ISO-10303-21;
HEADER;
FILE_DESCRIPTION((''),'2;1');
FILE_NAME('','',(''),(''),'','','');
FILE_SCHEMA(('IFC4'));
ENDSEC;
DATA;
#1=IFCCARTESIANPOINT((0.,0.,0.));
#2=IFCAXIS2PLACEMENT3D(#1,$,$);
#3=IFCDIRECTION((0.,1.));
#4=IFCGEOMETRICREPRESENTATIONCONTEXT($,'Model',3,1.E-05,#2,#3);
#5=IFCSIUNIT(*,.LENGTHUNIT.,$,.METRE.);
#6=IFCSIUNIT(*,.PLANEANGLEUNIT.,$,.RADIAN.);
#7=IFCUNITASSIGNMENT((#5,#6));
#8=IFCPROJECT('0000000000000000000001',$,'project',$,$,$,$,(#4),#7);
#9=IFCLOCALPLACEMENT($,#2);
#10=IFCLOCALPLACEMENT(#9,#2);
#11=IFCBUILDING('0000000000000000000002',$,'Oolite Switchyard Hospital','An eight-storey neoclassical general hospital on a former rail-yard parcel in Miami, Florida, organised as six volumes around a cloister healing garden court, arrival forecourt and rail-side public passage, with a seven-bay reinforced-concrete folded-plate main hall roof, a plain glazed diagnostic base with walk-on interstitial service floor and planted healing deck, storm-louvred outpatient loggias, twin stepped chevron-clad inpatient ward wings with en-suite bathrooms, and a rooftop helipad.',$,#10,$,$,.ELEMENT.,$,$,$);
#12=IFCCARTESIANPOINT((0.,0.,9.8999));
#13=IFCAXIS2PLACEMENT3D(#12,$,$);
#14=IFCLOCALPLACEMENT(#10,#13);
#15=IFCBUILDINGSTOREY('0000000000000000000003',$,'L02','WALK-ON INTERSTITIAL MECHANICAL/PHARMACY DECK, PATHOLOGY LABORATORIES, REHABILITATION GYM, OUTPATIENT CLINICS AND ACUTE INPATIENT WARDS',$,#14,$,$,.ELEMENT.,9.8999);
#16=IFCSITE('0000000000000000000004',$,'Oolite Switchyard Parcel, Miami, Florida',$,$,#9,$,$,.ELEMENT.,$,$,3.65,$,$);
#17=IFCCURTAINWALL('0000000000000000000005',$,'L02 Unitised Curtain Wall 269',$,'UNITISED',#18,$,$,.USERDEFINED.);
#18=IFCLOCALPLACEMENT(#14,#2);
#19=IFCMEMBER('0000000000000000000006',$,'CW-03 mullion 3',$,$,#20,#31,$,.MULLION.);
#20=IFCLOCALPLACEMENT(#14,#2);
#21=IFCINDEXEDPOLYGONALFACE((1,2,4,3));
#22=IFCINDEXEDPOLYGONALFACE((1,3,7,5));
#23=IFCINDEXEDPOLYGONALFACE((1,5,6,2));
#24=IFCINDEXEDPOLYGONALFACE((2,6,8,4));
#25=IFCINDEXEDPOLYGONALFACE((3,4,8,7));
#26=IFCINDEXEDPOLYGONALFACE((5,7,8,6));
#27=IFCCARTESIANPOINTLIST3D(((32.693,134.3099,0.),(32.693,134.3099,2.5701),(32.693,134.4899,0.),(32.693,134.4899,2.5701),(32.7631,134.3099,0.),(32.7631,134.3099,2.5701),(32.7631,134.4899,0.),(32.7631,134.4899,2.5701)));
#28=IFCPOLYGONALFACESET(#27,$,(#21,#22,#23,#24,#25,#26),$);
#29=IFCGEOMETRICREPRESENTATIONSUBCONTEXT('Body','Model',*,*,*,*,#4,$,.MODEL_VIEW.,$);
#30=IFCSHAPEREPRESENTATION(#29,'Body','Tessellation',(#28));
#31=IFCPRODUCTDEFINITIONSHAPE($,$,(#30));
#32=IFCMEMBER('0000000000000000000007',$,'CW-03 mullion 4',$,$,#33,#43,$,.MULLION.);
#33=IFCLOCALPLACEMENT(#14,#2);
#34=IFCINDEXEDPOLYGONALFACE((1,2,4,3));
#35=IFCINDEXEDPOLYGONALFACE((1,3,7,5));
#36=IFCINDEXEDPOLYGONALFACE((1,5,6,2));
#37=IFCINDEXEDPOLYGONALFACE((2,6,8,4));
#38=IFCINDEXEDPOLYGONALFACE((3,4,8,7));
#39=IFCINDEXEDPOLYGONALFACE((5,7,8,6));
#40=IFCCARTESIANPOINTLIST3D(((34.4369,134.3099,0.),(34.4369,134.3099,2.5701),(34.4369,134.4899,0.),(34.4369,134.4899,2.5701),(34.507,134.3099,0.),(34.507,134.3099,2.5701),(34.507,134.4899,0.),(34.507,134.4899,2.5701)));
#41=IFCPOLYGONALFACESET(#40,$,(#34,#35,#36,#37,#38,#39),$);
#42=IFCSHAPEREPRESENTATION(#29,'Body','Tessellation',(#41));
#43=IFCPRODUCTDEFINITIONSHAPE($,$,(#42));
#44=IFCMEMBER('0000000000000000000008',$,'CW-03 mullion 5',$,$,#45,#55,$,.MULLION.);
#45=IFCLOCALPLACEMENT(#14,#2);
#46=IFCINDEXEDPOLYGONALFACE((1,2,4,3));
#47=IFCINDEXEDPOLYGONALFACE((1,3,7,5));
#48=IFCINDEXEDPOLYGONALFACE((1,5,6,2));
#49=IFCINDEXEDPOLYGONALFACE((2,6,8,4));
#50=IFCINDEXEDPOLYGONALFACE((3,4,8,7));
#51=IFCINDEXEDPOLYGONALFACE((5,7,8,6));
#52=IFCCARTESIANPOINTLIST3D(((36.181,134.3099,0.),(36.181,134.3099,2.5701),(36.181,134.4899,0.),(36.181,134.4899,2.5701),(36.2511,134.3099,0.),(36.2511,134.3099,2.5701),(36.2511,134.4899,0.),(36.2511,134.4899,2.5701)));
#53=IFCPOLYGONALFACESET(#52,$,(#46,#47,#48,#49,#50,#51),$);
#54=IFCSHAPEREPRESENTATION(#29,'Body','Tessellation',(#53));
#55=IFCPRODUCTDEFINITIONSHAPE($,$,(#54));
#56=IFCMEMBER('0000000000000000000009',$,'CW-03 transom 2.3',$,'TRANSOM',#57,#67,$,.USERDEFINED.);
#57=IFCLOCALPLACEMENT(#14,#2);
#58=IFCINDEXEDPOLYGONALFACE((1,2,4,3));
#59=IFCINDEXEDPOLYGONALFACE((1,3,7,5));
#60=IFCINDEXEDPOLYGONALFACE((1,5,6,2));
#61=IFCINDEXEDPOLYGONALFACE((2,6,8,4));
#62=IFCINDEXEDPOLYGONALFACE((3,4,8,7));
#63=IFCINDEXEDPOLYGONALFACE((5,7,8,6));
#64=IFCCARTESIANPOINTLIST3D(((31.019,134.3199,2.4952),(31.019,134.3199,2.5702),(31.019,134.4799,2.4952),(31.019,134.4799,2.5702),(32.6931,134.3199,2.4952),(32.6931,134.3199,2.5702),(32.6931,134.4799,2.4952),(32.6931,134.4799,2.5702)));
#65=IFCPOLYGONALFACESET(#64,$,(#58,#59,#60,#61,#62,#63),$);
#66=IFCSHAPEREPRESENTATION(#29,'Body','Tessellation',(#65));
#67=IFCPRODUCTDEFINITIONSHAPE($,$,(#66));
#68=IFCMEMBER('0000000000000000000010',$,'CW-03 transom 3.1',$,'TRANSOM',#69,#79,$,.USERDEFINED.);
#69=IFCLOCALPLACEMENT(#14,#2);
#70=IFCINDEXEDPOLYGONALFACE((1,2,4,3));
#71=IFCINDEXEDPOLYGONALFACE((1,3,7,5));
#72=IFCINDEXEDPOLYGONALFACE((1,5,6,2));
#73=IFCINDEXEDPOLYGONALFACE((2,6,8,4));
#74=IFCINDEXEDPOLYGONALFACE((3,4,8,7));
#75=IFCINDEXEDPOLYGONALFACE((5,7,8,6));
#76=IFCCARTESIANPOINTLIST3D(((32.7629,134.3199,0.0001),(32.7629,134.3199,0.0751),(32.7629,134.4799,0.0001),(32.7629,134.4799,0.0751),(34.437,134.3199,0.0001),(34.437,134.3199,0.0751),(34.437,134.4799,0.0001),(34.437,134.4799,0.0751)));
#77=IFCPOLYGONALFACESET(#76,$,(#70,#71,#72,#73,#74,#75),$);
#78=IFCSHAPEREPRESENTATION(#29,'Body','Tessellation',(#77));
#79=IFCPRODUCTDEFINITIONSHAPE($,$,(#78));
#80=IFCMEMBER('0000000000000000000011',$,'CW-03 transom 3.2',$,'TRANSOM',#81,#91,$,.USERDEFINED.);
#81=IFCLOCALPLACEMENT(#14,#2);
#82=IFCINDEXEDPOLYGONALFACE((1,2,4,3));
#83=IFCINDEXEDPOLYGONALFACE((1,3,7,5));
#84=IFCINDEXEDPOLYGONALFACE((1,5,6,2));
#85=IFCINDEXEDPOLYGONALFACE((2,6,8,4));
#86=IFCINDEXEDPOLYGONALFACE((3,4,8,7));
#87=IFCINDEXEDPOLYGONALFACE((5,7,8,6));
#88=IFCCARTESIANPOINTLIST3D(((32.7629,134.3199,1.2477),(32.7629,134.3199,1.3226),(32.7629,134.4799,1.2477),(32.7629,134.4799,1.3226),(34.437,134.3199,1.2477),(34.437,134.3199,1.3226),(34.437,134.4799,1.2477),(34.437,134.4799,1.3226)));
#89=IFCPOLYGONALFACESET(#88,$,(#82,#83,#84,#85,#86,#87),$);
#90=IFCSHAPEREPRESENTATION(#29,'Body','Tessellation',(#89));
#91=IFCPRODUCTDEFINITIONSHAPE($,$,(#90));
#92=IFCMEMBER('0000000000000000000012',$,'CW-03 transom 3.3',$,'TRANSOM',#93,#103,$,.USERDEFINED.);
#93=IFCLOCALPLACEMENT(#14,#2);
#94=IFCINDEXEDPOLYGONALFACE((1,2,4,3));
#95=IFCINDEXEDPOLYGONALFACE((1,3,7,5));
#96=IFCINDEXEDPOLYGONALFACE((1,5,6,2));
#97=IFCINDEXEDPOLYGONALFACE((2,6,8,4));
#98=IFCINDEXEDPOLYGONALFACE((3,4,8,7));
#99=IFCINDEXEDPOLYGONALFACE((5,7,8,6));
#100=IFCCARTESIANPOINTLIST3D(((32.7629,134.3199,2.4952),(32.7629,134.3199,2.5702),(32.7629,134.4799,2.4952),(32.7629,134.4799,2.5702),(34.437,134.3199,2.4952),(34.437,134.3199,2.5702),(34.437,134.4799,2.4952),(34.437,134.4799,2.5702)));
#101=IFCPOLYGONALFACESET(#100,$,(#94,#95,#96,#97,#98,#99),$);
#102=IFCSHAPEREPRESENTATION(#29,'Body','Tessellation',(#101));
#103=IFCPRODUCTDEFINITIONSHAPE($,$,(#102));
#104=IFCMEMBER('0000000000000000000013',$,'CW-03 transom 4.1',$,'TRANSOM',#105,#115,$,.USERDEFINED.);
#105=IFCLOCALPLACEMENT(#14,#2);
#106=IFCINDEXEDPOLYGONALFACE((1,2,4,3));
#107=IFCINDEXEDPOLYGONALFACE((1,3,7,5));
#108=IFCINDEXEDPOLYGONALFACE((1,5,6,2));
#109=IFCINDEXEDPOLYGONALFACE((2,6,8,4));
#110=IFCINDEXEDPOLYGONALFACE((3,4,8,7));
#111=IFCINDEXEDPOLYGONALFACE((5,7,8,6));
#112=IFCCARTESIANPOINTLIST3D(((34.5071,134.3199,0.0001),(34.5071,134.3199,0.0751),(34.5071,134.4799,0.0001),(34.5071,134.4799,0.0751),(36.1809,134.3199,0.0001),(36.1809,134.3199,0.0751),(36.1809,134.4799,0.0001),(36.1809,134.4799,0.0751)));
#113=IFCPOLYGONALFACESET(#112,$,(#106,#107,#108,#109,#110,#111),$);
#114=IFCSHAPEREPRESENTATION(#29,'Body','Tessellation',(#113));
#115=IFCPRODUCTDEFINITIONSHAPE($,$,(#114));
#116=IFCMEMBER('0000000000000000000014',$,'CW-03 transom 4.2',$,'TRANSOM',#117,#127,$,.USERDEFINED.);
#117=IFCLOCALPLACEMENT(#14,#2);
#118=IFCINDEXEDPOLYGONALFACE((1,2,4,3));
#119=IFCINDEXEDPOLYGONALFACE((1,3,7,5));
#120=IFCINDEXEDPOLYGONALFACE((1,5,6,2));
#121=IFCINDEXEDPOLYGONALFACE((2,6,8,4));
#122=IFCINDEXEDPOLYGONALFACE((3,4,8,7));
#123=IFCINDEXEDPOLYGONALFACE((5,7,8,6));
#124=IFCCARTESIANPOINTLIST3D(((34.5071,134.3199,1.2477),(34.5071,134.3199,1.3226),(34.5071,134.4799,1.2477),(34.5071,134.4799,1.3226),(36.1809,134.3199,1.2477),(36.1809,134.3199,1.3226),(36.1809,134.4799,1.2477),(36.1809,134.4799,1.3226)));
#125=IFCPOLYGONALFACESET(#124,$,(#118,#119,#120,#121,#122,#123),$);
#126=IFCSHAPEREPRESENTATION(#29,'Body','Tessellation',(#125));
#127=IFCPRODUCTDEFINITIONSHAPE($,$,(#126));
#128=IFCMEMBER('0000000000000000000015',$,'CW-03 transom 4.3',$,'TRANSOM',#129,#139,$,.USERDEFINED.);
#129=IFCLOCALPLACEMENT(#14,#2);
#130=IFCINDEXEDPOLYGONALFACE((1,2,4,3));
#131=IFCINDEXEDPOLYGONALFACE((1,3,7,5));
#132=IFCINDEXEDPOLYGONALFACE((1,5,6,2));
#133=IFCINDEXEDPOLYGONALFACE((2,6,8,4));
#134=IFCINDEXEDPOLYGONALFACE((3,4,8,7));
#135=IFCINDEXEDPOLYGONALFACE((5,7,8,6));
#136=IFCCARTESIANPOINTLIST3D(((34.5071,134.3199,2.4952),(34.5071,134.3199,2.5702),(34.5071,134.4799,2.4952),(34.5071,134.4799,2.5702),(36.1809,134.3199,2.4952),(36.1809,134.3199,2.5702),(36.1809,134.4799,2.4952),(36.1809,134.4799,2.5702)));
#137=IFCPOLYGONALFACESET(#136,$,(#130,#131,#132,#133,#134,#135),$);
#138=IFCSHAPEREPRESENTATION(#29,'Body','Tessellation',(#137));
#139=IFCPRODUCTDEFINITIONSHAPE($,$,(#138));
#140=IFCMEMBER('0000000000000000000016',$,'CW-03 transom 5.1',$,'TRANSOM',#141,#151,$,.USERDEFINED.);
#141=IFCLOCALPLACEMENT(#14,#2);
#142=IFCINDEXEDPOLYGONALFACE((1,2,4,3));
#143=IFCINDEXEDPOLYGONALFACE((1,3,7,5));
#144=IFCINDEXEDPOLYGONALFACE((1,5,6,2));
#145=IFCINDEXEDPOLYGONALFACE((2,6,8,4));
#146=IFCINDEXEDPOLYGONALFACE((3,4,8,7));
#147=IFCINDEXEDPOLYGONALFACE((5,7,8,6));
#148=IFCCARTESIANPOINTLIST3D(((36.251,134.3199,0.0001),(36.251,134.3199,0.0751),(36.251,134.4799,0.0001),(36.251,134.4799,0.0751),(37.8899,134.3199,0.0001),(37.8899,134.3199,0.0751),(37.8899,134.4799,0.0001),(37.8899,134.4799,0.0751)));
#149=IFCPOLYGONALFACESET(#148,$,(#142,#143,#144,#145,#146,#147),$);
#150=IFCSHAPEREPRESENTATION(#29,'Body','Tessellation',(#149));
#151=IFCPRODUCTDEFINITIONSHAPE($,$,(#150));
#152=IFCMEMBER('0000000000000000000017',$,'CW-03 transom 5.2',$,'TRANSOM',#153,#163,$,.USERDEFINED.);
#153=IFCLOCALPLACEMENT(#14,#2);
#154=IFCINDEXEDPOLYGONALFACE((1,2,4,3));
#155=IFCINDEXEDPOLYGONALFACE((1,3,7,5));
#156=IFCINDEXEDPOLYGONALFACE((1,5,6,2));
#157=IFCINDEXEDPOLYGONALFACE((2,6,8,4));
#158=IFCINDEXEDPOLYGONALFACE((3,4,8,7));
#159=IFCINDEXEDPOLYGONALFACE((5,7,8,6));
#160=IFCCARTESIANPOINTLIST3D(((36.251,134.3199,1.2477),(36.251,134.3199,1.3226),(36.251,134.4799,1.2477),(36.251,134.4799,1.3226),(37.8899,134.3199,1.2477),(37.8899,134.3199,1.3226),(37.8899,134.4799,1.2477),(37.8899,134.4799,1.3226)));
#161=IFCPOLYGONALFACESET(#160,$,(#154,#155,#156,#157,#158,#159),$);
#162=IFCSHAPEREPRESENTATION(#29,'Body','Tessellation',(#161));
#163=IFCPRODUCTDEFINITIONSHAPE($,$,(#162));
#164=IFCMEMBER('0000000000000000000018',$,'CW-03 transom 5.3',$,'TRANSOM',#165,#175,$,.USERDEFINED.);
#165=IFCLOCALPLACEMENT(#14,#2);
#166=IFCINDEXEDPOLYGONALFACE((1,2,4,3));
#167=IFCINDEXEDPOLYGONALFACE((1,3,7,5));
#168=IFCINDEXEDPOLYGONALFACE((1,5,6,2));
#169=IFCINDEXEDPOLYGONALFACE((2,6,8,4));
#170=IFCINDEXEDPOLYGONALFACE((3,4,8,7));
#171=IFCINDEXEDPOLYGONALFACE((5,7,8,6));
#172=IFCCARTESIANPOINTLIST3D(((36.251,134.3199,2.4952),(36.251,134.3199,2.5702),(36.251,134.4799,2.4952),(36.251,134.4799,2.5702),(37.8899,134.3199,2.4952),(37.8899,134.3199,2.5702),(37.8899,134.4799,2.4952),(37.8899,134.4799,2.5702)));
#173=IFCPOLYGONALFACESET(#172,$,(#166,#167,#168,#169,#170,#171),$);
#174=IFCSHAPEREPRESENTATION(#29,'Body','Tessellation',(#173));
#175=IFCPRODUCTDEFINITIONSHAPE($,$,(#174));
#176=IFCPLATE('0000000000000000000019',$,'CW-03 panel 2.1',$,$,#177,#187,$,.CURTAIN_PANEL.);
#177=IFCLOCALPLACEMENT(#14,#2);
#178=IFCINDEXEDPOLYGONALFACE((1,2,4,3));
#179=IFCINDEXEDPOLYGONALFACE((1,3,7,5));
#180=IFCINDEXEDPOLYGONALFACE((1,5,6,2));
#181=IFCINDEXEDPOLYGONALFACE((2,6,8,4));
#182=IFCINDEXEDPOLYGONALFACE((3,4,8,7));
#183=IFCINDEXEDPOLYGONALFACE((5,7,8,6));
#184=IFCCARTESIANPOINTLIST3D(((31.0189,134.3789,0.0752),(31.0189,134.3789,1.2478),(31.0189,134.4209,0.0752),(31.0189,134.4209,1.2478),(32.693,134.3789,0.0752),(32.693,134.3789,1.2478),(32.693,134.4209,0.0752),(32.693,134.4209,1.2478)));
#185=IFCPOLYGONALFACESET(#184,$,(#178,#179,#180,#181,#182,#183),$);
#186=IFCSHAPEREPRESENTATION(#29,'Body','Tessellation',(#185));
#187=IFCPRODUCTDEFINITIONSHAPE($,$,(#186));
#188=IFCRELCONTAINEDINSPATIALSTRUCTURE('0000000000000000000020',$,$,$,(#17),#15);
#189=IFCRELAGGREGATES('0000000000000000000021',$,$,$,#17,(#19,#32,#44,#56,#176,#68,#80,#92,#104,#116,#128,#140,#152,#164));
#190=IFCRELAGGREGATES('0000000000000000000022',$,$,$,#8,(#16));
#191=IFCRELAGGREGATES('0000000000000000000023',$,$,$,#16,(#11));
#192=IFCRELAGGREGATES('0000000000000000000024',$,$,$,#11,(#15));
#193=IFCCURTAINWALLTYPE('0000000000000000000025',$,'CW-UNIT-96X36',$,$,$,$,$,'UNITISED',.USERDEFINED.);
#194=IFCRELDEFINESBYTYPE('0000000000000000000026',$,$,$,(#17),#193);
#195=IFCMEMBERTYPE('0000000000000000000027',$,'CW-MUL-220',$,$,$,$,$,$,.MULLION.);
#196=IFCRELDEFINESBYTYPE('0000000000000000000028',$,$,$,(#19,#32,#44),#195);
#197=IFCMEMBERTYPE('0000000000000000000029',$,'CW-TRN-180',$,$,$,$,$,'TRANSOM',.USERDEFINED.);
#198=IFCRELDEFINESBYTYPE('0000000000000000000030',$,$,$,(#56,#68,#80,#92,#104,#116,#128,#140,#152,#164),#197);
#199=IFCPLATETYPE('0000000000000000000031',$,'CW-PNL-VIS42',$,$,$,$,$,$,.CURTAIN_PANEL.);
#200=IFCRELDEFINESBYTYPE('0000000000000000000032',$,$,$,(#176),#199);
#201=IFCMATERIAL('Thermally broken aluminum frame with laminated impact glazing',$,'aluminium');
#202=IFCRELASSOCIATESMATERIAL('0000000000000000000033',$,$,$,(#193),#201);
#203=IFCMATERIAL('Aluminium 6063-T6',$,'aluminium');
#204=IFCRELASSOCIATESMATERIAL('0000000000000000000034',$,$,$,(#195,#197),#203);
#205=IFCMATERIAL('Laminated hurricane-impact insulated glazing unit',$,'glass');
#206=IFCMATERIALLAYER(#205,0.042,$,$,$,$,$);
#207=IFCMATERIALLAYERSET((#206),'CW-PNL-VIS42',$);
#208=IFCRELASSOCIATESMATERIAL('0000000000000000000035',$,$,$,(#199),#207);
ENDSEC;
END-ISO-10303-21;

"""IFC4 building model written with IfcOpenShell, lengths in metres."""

from ifc_helpers import new_model, si_unit, direction, frame, origin, origin_2d, place, context, subcontext, project, spatial, rectangle, extrude, material, layer, layer_set, material_profile, profile_set, type_object, element, aggregate, save


model = new_model("IFC4")

# Units and contexts
model_context = context("Model", 3, precision=1e-05, world=origin(), true_north=direction((0.0, 1.0)))
body_context = subcontext(model_context, "Body", "Model", "MODEL_VIEW")
ifc_project = project(units=[si_unit("LENGTHUNIT", "METRE"), si_unit("PLANEANGLEUNIT", "RADIAN")], contexts=[model_context])

# Site, building, storey
site_placement = place(None, origin())
site = spatial("IfcSite", under=ifc_project, at=site_placement, Name="Oolite Switchyard Parcel, Miami, Florida", CompositionType="ELEMENT", RefElevation=3.65)
building_placement = place(site_placement, origin())
building = spatial("IfcBuilding", under=site, at=building_placement, Name="Oolite Switchyard Hospital", Description="An eight-storey neoclassical general hospital on a former rail-yard parcel in Miami, Florida, organised as six volumes around a cloister healing garden court, arrival forecourt and rail-side public passage, with a seven-bay reinforced-concrete folded-plate main hall roof, a plain glazed diagnostic base with walk-on interstitial service floor and planted healing deck, storm-louvred outpatient loggias, twin stepped chevron-clad inpatient ward wings with en-suite bathrooms, and a rooftop helipad.", CompositionType="ELEMENT")
storey_placement = place(building_placement, frame((0.0, 0.0, 9.8999)))
storey = spatial("IfcBuildingStorey", under=building, at=storey_placement, Name="L02", Description="WALK-ON INTERSTITIAL MECHANICAL/PHARMACY DECK, PATHOLOGY LABORATORIES, REHABILITATION GYM, OUTPATIENT CLINICS AND ACUTE INPATIENT WARDS", CompositionType="ELEMENT", Elevation=9.8999)

# Curtain wall, members, plate
ifc_material_1 = material(Name="Thermally broken aluminum frame with laminated impact glazing", Category="aluminium")
curtain_wall_type = type_object("IfcCurtainWallType", Name="CW-UNIT-96X36", ElementType="UNITISED", PredefinedType="USERDEFINED", material=ifc_material_1)
curtain_wall_placement = place(storey_placement, origin())
curtain_wall = element("IfcCurtainWall", 1, at=curtain_wall_placement, inside=storey, type_object=curtain_wall_type, Name="L02 Unitised Curtain Wall 269", ObjectType="UNITISED", PredefinedType="USERDEFINED")
ifc_material_2 = material(Name="Aluminium 6063-T6", Category="aluminium")
ifc_material_profile_1 = material_profile(ifc_material_2, rectangle(XDim=0.1799, YDim=0.0701, at=origin_2d()), Name="CWM70X180")
ifc_profile_set_1 = profile_set([ifc_material_profile_1], Name="Aluminium 6063-T6")
member_type_1 = type_object("IfcMemberType", Name="CW-MUL-220", PredefinedType="MULLION", material=ifc_profile_set_1)
member_1_placement = place(storey_placement, frame((32.728, 134.3999, 0.0), z_axis=(0.0, 0.0, 1.0), x_axis=(0.0, 1.0, 0.0)))
member_1 = element("IfcMember", 2, at=member_1_placement, type_object=member_type_1, Name="CW-03 mullion 3", PredefinedType="MULLION", context=body_context, shape_type="SweptSolid", body=[
    extrude(rectangle(XDim=0.1799, YDim=0.0701, at=origin_2d()), origin(), (0.0, 0.0, 1.0), 2.5701),
])
member_2_placement = place(storey_placement, frame((34.4719, 134.3999, 0.0), z_axis=(0.0, 0.0, 1.0), x_axis=(0.0, 1.0, 0.0)))
member_2 = element("IfcMember", 3, at=member_2_placement, type_object=member_type_1, Name="CW-03 mullion 4", PredefinedType="MULLION", context=body_context, shape_type="SweptSolid", body=[
    extrude(rectangle(XDim=0.1799, YDim=0.0701, at=origin_2d()), origin(), (0.0, 0.0, 1.0), 2.5701),
])
member_3_placement = place(storey_placement, frame((36.2161, 134.3999, 0.0), z_axis=(0.0, 0.0, 1.0), x_axis=(0.0, 1.0, 0.0)))
member_3 = element("IfcMember", 4, at=member_3_placement, type_object=member_type_1, Name="CW-03 mullion 5", PredefinedType="MULLION", context=body_context, shape_type="SweptSolid", body=[
    extrude(rectangle(XDim=0.1799, YDim=0.0701, at=origin_2d()), origin(), (0.0, 0.0, 1.0), 2.5701),
])
ifc_material_profile_2 = material_profile(ifc_material_2, rectangle(XDim=0.1599, YDim=0.075, at=origin_2d()), Name="CWT75X160")
ifc_profile_set_2 = profile_set([ifc_material_profile_2], Name="Aluminium 6063-T6")
member_type_2 = type_object("IfcMemberType", Name="CW-TRN-180", ElementType="TRANSOM", PredefinedType="USERDEFINED", material=ifc_profile_set_2)
member_4_placement = place(storey_placement, frame((31.019, 134.3999, 2.5327), z_axis=(1.0, 0.0, 0.0), x_axis=(0.0, 1.0, 0.0)))
member_4 = element("IfcMember", 5, at=member_4_placement, type_object=member_type_2, Name="CW-03 transom 2.3", ObjectType="TRANSOM", PredefinedType="USERDEFINED", context=body_context, shape_type="SweptSolid", body=[
    extrude(rectangle(XDim=0.1599, YDim=0.075, at=origin_2d()), origin(), (0.0, 0.0, 1.0), 1.6741),
])
member_5_placement = place(storey_placement, frame((32.7629, 134.3999, 0.0376), z_axis=(1.0, 0.0, 0.0), x_axis=(0.0, 1.0, 0.0)))
member_5 = element("IfcMember", 6, at=member_5_placement, type_object=member_type_2, Name="CW-03 transom 3.1", ObjectType="TRANSOM", PredefinedType="USERDEFINED", context=body_context, shape_type="SweptSolid", body=[
    extrude(rectangle(XDim=0.1599, YDim=0.075, at=origin_2d()), origin(), (0.0, 0.0, 1.0), 1.6741),
])
member_6_placement = place(storey_placement, frame((32.7629, 134.3999, 1.2852), z_axis=(1.0, 0.0, 0.0), x_axis=(0.0, 1.0, 0.0)))
member_6 = element("IfcMember", 7, at=member_6_placement, type_object=member_type_2, Name="CW-03 transom 3.2", ObjectType="TRANSOM", PredefinedType="USERDEFINED", context=body_context, shape_type="SweptSolid", body=[
    extrude(rectangle(XDim=0.1599, YDim=0.075, at=origin_2d()), origin(), (0.0, 0.0, 1.0), 1.6741),
])
member_7_placement = place(storey_placement, frame((32.7629, 134.3999, 2.5327), z_axis=(1.0, 0.0, 0.0), x_axis=(0.0, 1.0, 0.0)))
member_7 = element("IfcMember", 8, at=member_7_placement, type_object=member_type_2, Name="CW-03 transom 3.3", ObjectType="TRANSOM", PredefinedType="USERDEFINED", context=body_context, shape_type="SweptSolid", body=[
    extrude(rectangle(XDim=0.1599, YDim=0.075, at=origin_2d()), origin(), (0.0, 0.0, 1.0), 1.6741),
])
member_8_placement = place(storey_placement, frame((34.5071, 134.3999, 0.0376), z_axis=(1.0, 0.0, 0.0), x_axis=(0.0, 1.0, 0.0)))
member_8 = element("IfcMember", 9, at=member_8_placement, type_object=member_type_2, Name="CW-03 transom 4.1", ObjectType="TRANSOM", PredefinedType="USERDEFINED", context=body_context, shape_type="SweptSolid", body=[
    extrude(rectangle(XDim=0.1599, YDim=0.075, at=origin_2d()), origin(), (0.0, 0.0, 1.0), 1.6738),
])
member_9_placement = place(storey_placement, frame((34.5071, 134.3999, 1.2852), z_axis=(1.0, 0.0, 0.0), x_axis=(0.0, 1.0, 0.0)))
member_9 = element("IfcMember", 10, at=member_9_placement, type_object=member_type_2, Name="CW-03 transom 4.2", ObjectType="TRANSOM", PredefinedType="USERDEFINED", context=body_context, shape_type="SweptSolid", body=[
    extrude(rectangle(XDim=0.1599, YDim=0.075, at=origin_2d()), origin(), (0.0, 0.0, 1.0), 1.6738),
])
member_10_placement = place(storey_placement, frame((34.5071, 134.3999, 2.5327), z_axis=(1.0, 0.0, 0.0), x_axis=(0.0, 1.0, 0.0)))
member_10 = element("IfcMember", 11, at=member_10_placement, type_object=member_type_2, Name="CW-03 transom 4.3", ObjectType="TRANSOM", PredefinedType="USERDEFINED", context=body_context, shape_type="SweptSolid", body=[
    extrude(rectangle(XDim=0.1599, YDim=0.075, at=origin_2d()), origin(), (0.0, 0.0, 1.0), 1.6738),
])
member_11_placement = place(storey_placement, frame((36.251, 134.3999, 0.0376), z_axis=(1.0, 0.0, 0.0), x_axis=(0.0, 1.0, 0.0)))
member_11 = element("IfcMember", 12, at=member_11_placement, type_object=member_type_2, Name="CW-03 transom 5.1", ObjectType="TRANSOM", PredefinedType="USERDEFINED", context=body_context, shape_type="SweptSolid", body=[
    extrude(rectangle(XDim=0.1599, YDim=0.075, at=origin_2d()), origin(), (0.0, 0.0, 1.0), 1.6389),
])
member_12_placement = place(storey_placement, frame((36.251, 134.3999, 1.2852), z_axis=(1.0, 0.0, 0.0), x_axis=(0.0, 1.0, 0.0)))
member_12 = element("IfcMember", 13, at=member_12_placement, type_object=member_type_2, Name="CW-03 transom 5.2", ObjectType="TRANSOM", PredefinedType="USERDEFINED", context=body_context, shape_type="SweptSolid", body=[
    extrude(rectangle(XDim=0.1599, YDim=0.075, at=origin_2d()), origin(), (0.0, 0.0, 1.0), 1.6389),
])
member_13_placement = place(storey_placement, frame((36.251, 134.3999, 2.5327), z_axis=(1.0, 0.0, 0.0), x_axis=(0.0, 1.0, 0.0)))
member_13 = element("IfcMember", 14, at=member_13_placement, type_object=member_type_2, Name="CW-03 transom 5.3", ObjectType="TRANSOM", PredefinedType="USERDEFINED", context=body_context, shape_type="SweptSolid", body=[
    extrude(rectangle(XDim=0.1599, YDim=0.075, at=origin_2d()), origin(), (0.0, 0.0, 1.0), 1.6389),
])
ifc_material_3 = material(Name="Laminated hurricane-impact insulated glazing unit", Category="glass")
ifc_layer = layer(ifc_material_3, 0.042)
ifc_layer_set = layer_set([ifc_layer], Name="CW-PNL-VIS42")
plate_type = type_object("IfcPlateType", Name="CW-PNL-VIS42", PredefinedType="CURTAIN_PANEL", material=ifc_layer_set)
plate_1_placement = place(storey_placement, frame((31.856, 134.3999, 0.0752), z_axis=(0.0, 0.0, 1.0), x_axis=(1.0, 0.0, 0.0)))
plate_1 = element("IfcPlate", 15, at=plate_1_placement, type_object=plate_type, Name="CW-03 panel 2.1", PredefinedType="CURTAIN_PANEL", context=body_context, shape_type="SweptSolid", body=[
    extrude(rectangle(XDim=1.6741, YDim=0.042, at=origin_2d()), origin(), (0.0, 0.0, 1.0), 1.1726),
])
aggregate(curtain_wall, [member_1, member_2, member_3, member_4, plate_1, member_5, member_6, member_7, member_8, member_9, member_10, member_11, member_12, member_13])

save(model, "model.ifc")
